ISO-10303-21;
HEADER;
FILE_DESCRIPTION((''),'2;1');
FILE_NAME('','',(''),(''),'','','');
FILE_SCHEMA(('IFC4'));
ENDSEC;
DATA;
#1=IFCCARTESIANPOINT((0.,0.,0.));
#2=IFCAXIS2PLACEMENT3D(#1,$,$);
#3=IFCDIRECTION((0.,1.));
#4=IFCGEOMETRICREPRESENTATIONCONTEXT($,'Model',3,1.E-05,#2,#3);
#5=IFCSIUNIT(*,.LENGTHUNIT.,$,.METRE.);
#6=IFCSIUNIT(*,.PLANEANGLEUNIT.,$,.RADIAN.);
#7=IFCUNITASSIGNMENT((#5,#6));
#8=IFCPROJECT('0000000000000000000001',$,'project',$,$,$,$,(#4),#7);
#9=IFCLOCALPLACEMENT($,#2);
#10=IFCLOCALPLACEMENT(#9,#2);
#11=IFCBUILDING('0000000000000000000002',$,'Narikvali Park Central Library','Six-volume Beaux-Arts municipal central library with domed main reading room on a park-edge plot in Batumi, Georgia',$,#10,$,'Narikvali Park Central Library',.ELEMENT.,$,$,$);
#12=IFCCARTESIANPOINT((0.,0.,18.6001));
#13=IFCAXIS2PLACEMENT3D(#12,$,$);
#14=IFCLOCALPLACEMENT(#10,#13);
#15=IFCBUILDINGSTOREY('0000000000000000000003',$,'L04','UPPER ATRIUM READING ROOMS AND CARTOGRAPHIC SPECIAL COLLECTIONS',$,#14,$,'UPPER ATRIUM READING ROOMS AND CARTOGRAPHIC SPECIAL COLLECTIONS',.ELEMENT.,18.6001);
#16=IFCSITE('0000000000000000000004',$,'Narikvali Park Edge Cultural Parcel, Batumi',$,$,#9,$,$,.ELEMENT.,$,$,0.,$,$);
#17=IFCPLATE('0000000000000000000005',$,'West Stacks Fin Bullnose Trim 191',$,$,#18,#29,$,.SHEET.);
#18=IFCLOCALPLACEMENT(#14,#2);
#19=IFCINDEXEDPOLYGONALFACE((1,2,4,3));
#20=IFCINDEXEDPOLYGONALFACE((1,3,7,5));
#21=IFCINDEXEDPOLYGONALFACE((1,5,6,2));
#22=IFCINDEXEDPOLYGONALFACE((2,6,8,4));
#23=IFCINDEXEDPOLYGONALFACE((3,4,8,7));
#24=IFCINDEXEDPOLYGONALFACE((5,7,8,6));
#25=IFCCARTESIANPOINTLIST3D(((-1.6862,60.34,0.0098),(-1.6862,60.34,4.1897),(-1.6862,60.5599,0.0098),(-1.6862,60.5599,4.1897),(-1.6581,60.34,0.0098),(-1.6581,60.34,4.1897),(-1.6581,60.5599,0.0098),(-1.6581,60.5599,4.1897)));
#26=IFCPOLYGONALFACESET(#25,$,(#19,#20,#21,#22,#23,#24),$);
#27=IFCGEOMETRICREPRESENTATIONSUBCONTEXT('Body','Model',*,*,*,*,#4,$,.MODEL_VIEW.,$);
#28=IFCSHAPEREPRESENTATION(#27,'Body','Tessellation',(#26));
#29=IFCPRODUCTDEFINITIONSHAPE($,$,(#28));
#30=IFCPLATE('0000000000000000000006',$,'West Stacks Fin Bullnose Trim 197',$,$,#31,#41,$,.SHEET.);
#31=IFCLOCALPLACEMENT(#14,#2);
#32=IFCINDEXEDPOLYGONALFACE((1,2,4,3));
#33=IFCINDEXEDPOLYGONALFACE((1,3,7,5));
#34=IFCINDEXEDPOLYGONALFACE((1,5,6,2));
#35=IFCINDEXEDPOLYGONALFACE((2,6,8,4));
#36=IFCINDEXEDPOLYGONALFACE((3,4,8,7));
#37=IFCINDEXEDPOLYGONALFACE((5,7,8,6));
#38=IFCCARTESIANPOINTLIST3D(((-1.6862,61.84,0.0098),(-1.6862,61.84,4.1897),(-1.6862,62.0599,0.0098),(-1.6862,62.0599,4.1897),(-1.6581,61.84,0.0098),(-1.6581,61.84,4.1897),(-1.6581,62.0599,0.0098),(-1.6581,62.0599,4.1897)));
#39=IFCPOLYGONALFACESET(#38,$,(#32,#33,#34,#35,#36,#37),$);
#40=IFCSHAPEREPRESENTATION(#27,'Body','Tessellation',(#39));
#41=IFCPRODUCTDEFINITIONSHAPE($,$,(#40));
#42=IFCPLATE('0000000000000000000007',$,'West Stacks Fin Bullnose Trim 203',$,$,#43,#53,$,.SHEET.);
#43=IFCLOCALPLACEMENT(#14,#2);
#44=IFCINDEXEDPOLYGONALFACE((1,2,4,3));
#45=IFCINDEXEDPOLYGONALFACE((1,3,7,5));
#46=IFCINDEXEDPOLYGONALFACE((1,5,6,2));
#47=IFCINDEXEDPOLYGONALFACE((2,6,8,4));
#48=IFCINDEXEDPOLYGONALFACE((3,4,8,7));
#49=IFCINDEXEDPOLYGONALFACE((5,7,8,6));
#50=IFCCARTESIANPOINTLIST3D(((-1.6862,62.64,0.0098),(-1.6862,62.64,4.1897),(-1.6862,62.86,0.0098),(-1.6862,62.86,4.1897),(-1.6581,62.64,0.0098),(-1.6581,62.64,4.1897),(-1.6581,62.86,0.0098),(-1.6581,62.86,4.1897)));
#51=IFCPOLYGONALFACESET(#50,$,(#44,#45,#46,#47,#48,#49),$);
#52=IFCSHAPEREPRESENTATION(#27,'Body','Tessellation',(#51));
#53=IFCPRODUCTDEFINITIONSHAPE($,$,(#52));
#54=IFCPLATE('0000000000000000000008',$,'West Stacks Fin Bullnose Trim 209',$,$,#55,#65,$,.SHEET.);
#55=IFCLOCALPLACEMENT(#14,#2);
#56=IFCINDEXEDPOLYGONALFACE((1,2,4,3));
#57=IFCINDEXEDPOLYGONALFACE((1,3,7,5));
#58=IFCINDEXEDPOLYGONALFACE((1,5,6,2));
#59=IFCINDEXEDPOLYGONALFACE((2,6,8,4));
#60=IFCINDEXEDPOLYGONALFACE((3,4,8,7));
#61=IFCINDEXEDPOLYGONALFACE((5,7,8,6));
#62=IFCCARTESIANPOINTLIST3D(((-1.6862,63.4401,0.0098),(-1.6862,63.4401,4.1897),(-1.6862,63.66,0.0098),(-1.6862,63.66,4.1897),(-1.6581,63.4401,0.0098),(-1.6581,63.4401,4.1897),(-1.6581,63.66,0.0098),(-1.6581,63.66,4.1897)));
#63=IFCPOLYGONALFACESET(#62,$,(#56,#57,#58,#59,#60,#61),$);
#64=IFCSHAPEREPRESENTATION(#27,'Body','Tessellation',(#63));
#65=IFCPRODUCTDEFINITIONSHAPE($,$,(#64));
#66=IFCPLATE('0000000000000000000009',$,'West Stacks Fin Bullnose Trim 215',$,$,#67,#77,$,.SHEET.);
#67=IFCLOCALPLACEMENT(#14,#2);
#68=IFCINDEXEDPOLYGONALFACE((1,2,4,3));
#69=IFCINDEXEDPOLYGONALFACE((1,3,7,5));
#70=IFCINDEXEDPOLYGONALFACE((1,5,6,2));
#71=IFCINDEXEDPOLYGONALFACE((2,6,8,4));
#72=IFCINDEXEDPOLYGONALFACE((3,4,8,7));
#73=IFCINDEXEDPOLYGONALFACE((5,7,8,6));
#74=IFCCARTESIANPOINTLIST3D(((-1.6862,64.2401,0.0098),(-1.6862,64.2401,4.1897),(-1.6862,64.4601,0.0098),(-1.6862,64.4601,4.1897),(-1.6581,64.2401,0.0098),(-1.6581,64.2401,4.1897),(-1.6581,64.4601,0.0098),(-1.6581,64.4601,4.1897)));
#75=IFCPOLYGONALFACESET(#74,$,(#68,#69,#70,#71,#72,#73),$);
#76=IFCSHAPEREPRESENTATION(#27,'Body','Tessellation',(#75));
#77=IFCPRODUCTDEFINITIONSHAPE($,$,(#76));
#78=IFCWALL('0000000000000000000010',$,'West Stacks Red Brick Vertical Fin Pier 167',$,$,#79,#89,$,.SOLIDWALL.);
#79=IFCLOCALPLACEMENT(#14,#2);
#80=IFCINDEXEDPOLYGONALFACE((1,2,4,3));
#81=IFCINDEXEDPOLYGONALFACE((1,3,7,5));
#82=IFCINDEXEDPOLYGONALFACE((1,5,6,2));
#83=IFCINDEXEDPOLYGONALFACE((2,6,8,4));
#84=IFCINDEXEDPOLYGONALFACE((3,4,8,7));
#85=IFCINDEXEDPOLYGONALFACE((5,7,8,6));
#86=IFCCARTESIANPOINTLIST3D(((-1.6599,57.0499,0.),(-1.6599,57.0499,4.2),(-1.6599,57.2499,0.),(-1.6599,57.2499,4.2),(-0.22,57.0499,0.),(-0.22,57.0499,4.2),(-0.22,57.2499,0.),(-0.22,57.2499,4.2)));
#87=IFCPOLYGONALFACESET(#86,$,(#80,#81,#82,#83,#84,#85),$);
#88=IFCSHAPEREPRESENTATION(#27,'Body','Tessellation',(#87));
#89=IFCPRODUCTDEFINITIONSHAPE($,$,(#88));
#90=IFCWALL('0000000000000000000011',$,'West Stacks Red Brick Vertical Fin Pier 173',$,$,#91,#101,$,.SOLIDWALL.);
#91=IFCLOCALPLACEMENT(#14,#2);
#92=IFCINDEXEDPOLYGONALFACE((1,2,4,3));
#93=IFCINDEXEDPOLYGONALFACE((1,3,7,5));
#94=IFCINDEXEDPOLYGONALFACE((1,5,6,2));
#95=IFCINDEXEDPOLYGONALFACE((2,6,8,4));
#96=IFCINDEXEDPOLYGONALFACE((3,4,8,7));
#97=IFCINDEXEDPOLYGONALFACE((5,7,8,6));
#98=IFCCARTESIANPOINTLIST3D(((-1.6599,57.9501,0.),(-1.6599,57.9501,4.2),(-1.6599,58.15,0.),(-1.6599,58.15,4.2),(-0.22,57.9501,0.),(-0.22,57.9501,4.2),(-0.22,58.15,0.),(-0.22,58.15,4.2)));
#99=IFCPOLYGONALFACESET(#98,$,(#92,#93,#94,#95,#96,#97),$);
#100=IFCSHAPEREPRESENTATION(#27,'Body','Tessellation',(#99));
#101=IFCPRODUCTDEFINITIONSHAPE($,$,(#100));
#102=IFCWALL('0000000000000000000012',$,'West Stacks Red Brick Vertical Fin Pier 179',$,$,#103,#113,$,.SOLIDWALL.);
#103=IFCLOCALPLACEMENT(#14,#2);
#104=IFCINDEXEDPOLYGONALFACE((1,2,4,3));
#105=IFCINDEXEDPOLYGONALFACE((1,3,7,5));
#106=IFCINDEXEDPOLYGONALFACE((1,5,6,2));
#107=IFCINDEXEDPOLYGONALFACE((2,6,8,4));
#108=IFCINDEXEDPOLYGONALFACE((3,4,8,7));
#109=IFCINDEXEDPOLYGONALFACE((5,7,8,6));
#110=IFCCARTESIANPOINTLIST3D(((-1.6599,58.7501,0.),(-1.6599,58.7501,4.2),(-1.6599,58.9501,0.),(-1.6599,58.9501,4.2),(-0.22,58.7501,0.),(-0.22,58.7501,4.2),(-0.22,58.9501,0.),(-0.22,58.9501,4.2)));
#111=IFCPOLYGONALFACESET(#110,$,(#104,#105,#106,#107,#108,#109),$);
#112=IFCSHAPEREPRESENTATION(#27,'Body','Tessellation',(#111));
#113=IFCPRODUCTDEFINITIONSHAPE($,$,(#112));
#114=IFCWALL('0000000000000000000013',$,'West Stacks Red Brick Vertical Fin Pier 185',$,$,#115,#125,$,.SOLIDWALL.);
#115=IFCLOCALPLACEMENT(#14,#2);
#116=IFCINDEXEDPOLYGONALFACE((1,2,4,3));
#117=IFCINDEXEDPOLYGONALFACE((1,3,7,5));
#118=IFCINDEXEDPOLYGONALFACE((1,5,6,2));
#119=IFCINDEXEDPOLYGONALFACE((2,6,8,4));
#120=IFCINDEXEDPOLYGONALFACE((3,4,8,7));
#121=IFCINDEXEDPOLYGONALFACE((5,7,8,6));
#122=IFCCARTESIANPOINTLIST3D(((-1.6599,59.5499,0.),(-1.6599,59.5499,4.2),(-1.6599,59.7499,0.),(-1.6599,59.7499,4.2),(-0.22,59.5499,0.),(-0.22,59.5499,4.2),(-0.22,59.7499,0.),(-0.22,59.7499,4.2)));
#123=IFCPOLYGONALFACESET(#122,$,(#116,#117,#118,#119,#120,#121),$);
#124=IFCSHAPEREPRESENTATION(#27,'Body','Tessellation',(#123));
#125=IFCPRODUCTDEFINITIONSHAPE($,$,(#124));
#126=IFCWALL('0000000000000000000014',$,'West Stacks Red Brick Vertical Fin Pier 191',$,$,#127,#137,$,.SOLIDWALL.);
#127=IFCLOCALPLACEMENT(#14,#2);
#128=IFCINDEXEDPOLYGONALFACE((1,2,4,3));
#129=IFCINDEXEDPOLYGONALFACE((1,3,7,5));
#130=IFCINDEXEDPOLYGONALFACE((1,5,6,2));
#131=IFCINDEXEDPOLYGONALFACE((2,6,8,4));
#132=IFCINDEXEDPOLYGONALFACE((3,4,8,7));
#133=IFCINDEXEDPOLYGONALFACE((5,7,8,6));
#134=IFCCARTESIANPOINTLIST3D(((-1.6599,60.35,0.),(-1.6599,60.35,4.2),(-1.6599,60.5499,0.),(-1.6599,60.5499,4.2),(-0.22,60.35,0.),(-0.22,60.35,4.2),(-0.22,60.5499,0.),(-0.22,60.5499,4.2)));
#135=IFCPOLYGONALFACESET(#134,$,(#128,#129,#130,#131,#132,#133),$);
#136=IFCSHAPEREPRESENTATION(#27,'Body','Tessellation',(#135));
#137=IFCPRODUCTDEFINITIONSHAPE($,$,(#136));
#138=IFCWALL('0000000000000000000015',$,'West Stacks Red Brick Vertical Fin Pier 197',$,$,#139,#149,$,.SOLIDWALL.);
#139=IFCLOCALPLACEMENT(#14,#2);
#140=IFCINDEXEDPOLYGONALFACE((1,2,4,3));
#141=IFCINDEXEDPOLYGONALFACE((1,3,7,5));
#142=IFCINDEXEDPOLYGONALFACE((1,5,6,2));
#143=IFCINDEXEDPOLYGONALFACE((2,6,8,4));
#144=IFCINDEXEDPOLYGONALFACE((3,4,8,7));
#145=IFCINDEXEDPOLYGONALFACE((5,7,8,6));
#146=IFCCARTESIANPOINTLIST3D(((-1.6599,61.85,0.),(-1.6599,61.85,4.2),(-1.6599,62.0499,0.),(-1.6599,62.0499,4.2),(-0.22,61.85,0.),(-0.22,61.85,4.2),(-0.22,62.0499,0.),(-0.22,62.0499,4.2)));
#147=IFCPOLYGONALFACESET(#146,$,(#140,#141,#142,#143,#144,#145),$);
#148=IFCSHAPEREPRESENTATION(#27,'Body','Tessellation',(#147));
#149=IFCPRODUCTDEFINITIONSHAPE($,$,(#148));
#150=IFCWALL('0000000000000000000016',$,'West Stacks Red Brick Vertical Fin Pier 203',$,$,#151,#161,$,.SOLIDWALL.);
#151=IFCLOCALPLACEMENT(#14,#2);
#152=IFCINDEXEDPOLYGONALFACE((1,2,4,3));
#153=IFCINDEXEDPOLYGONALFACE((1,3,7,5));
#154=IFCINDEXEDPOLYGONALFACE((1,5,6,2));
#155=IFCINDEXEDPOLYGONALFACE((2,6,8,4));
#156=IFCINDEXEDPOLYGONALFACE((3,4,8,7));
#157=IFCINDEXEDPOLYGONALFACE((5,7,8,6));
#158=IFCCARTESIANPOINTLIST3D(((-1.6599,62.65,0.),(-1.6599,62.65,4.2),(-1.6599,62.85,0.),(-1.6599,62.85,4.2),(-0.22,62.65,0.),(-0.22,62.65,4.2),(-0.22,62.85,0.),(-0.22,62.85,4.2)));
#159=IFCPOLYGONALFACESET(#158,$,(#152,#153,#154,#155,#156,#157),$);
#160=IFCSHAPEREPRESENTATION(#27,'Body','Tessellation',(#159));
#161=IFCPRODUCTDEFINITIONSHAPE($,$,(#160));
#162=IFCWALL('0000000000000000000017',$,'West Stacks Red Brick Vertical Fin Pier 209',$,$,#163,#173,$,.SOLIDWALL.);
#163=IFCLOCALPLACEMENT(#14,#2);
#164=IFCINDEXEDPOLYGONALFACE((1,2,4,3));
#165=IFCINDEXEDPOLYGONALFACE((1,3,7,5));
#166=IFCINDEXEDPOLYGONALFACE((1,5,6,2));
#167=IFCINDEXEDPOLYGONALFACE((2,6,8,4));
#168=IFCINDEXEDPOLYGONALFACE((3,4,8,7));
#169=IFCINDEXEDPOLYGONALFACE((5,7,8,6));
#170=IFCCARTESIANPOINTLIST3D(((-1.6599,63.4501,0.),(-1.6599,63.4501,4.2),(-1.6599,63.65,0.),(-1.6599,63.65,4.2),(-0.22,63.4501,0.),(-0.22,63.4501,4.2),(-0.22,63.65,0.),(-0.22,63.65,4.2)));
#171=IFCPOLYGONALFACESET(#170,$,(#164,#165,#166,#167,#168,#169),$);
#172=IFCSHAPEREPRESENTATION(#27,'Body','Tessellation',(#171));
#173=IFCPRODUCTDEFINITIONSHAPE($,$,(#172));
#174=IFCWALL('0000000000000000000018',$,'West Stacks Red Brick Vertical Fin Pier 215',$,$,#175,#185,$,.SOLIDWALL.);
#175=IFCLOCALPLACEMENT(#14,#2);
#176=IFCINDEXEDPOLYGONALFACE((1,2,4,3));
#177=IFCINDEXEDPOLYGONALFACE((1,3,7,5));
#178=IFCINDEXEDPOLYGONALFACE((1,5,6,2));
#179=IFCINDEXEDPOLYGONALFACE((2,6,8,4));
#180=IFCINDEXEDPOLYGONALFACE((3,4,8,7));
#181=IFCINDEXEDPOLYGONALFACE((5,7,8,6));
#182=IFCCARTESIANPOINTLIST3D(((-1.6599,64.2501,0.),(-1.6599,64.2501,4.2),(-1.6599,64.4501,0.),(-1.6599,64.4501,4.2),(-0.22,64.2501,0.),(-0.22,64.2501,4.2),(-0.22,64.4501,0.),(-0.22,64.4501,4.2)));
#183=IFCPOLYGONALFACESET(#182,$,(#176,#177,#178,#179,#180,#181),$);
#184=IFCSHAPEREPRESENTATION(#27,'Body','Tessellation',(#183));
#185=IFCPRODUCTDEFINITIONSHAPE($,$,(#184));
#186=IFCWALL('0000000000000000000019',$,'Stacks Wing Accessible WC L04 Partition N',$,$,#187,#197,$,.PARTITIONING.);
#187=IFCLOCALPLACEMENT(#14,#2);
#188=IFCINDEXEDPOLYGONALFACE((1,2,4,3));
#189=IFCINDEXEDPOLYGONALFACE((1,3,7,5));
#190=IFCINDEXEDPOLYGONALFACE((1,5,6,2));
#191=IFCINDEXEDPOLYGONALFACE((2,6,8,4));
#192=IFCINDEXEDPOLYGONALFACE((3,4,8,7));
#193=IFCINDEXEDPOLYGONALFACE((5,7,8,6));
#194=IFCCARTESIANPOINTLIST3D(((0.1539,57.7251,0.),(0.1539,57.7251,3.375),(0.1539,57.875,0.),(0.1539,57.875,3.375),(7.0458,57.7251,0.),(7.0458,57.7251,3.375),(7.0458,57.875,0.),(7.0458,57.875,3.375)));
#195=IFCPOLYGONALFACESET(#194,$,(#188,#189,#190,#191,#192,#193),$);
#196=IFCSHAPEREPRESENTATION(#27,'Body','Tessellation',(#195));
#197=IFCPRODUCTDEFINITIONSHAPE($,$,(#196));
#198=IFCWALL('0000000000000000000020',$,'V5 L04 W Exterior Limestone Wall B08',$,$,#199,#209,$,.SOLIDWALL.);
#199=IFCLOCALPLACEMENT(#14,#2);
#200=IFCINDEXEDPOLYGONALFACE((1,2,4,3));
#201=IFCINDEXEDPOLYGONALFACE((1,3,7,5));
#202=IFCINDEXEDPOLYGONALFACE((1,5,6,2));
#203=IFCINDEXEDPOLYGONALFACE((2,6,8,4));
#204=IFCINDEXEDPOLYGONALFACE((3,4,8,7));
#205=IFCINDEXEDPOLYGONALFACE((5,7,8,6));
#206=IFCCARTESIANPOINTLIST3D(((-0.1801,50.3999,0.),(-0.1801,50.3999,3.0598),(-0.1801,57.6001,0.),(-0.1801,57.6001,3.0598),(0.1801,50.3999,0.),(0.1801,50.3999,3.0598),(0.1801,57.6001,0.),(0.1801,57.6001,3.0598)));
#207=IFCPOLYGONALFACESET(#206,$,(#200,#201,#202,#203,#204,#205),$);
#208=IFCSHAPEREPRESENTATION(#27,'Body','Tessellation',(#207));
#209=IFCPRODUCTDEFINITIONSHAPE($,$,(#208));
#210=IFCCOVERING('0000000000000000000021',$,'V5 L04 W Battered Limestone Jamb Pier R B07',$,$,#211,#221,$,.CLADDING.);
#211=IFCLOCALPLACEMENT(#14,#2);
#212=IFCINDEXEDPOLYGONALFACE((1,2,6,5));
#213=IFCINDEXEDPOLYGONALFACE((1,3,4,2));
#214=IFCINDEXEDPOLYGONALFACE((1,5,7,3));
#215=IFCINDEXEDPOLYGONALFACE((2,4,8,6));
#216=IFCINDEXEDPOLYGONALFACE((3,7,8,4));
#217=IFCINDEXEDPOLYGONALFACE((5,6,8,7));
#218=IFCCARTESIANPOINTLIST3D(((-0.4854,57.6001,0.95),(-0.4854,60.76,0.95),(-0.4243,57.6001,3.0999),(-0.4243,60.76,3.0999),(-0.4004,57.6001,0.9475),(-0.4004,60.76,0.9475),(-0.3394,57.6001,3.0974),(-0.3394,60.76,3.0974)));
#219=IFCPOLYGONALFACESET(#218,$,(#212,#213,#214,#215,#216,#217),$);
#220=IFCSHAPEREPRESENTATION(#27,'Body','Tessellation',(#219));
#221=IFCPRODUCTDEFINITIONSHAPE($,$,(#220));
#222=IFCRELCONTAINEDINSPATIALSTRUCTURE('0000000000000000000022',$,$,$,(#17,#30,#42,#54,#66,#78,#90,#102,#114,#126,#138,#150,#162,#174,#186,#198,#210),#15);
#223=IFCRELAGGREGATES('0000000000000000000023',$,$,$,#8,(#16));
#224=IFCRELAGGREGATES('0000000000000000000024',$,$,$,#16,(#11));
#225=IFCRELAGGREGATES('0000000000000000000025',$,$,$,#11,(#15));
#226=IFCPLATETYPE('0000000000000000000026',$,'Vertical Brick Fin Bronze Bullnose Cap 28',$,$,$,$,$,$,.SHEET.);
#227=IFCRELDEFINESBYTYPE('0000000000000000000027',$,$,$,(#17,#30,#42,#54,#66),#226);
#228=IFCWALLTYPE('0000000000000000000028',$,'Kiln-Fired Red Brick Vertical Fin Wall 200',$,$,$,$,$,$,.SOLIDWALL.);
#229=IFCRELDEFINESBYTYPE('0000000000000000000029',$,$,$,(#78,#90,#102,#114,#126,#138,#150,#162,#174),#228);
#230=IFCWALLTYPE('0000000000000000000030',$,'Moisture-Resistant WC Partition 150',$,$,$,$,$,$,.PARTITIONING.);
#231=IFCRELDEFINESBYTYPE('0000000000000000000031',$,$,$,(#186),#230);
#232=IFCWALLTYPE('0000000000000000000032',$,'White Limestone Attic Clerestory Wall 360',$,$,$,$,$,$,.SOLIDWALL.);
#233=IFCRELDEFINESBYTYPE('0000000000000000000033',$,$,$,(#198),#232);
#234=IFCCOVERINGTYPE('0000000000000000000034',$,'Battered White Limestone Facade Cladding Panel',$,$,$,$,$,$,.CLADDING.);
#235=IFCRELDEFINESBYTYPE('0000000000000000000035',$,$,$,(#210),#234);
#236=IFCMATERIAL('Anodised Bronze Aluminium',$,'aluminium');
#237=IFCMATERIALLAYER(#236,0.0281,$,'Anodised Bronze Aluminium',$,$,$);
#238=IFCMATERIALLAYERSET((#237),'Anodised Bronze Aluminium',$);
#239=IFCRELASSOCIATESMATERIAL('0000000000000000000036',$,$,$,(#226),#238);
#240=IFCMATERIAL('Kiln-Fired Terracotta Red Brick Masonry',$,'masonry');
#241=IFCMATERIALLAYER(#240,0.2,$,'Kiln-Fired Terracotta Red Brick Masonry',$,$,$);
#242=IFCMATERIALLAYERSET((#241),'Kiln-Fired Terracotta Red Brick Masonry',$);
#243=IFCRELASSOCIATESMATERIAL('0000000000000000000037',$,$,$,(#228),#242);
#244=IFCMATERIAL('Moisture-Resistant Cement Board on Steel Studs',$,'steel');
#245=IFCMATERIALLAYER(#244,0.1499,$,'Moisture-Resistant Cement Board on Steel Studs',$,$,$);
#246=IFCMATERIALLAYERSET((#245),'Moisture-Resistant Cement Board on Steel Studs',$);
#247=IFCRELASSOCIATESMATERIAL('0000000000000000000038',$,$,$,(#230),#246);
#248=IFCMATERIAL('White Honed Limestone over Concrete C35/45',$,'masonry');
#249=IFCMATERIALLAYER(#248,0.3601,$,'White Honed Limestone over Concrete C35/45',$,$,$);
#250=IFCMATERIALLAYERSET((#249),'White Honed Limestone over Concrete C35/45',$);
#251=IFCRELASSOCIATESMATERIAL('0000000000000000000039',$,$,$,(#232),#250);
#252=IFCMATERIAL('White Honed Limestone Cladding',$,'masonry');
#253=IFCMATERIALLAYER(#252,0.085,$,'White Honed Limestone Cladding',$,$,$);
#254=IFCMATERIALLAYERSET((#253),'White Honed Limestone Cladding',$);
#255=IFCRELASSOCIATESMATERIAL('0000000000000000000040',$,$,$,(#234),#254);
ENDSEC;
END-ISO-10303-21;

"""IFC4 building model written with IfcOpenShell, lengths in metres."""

from ifc_helpers import new_model, si_unit, direction, frame, frame_2d, origin, origin_2d, place, context, subcontext, project, spatial, polyline, rectangle, outline, extrude, material, layer, layer_set, type_object, element, save


model = new_model("IFC4")

# Units and contexts
model_context = context("Model", 3, precision=1e-05, world=origin(), true_north=direction((0.0, 1.0)))
body_context = subcontext(model_context, "Body", "Model", "MODEL_VIEW")
ifc_project = project(units=[si_unit("LENGTHUNIT", "METRE"), si_unit("PLANEANGLEUNIT", "RADIAN")], contexts=[model_context])

# Site, building, storey
site_placement = place(None, origin())
site = spatial("IfcSite", under=ifc_project, at=site_placement, Name="Narikvali Park Edge Cultural Parcel, Batumi", CompositionType="ELEMENT", RefElevation=0.0)
building_placement = place(site_placement, origin())
building = spatial("IfcBuilding", under=site, at=building_placement, Name="Narikvali Park Central Library", Description="Six-volume Beaux-Arts municipal central library with domed main reading room on a park-edge plot in Batumi, Georgia", LongName="Narikvali Park Central Library", CompositionType="ELEMENT")
storey_placement = place(building_placement, frame((0.0, 0.0, 18.6001)))
storey = spatial("IfcBuildingStorey", under=building, at=storey_placement, Name="L04", Description="UPPER ATRIUM READING ROOMS AND CARTOGRAPHIC SPECIAL COLLECTIONS", LongName="UPPER ATRIUM READING ROOMS AND CARTOGRAPHIC SPECIAL COLLECTIONS", CompositionType="ELEMENT", Elevation=18.6001)

# Plates
ifc_material_1 = material(Name="Anodised Bronze Aluminium", Category="aluminium")
ifc_layer_1 = layer(ifc_material_1, 0.0281, Name="Anodised Bronze Aluminium")
ifc_layer_set_1 = layer_set([ifc_layer_1], Name="Anodised Bronze Aluminium")
plate_type = type_object("IfcPlateType", Name="Vertical Brick Fin Bronze Bullnose Cap 28", PredefinedType="SHEET", material=ifc_layer_set_1)
for number, where, z_axis, x_axis, name in (
    (1, (-1.6721, 60.45, 0.0098), (0.0, 0.0, 1.0), (1.0, 0.0, 0.0), "West Stacks Fin Bullnose Trim 191"),
    (2, (-1.6721, 61.95, 0.0098), (0.0, 0.0, 1.0), (1.0, 0.0, 0.0), "West Stacks Fin Bullnose Trim 197"),
    (3, (-1.6721, 62.75, 0.0098), (0.0, 0.0, 1.0), (1.0, 0.0, 0.0), "West Stacks Fin Bullnose Trim 203"),
    (4, (-1.6721, 63.55, 0.0098), (0.0, 0.0, 1.0), (1.0, 0.0, 0.0), "West Stacks Fin Bullnose Trim 209"),
    (5, (-1.6721, 64.3501, 0.0098), (0.0, 0.0, 1.0), (1.0, 0.0, 0.0), "West Stacks Fin Bullnose Trim 215"),
):
    element("IfcPlate", number, at=place(storey_placement, frame(where, z_axis=z_axis, x_axis=x_axis)), inside=storey, type_object=plate_type, Name=name, PredefinedType="SHEET", context=body_context, shape_type="SweptSolid", body=[
        extrude(rectangle(XDim=0.0281, YDim=0.22, at=origin_2d()), origin(), (0.0, 0.0, 1.0), 4.1799),
    ])

# Walls
ifc_material_2 = material(Name="Kiln-Fired Terracotta Red Brick Masonry", Category="masonry")
ifc_layer_2 = layer(ifc_material_2, 0.2, Name="Kiln-Fired Terracotta Red Brick Masonry")
ifc_layer_set_2 = layer_set([ifc_layer_2], Name="Kiln-Fired Terracotta Red Brick Masonry")
wall_type_1 = type_object("IfcWallType", Name="Kiln-Fired Red Brick Vertical Fin Wall 200", PredefinedType="SOLIDWALL", material=ifc_layer_set_2)
for number, where, z_axis, x_axis, name in (
    (6, (-1.6599, 57.1499, 0.0), (0.0, 0.0, 1.0), (1.0, 0.0, 0.0), "West Stacks Red Brick Vertical Fin Pier 167"),
    (7, (-1.6599, 58.05, 0.0), (0.0, 0.0, 1.0), (1.0, 0.0, 0.0), "West Stacks Red Brick Vertical Fin Pier 173"),
    (8, (-1.6599, 58.8501, 0.0), (0.0, 0.0, 1.0), (1.0, 0.0, 0.0), "West Stacks Red Brick Vertical Fin Pier 179"),
    (9, (-1.6599, 59.6499, 0.0), (0.0, 0.0, 1.0), (1.0, 0.0, 0.0), "West Stacks Red Brick Vertical Fin Pier 185"),
    (10, (-1.6599, 60.45, 0.0), (0.0, 0.0, 1.0), (1.0, 0.0, 0.0), "West Stacks Red Brick Vertical Fin Pier 191"),
    (11, (-1.6599, 61.95, 0.0), (0.0, 0.0, 1.0), (1.0, 0.0, 0.0), "West Stacks Red Brick Vertical Fin Pier 197"),
    (12, (-1.6599, 62.75, 0.0), (0.0, 0.0, 1.0), (1.0, 0.0, 0.0), "West Stacks Red Brick Vertical Fin Pier 203"),
    (13, (-1.6599, 63.55, 0.0), (0.0, 0.0, 1.0), (1.0, 0.0, 0.0), "West Stacks Red Brick Vertical Fin Pier 209"),
    (14, (-1.6599, 64.3501, 0.0), (0.0, 0.0, 1.0), (1.0, 0.0, 0.0), "West Stacks Red Brick Vertical Fin Pier 215"),
):
    element("IfcWall", number, at=place(storey_placement, frame(where, z_axis=z_axis, x_axis=x_axis)), inside=storey, type_object=wall_type_1, Name=name, PredefinedType="SOLIDWALL", context=body_context, shape_type="SweptSolid", body=[
        extrude(rectangle(XDim=1.4399, YDim=0.2, at=frame_2d((0.72, 0.0))), origin(), (0.0, 0.0, 1.0), 4.2),
    ])
ifc_material_3 = material(Name="Moisture-Resistant Cement Board on Steel Studs", Category="steel")
ifc_layer_3 = layer(ifc_material_3, 0.1499, Name="Moisture-Resistant Cement Board on Steel Studs")
ifc_layer_set_3 = layer_set([ifc_layer_3], Name="Moisture-Resistant Cement Board on Steel Studs")
wall_type_2 = type_object("IfcWallType", Name="Moisture-Resistant WC Partition 150", PredefinedType="PARTITIONING", material=ifc_layer_set_3)
wall_1_placement = place(storey_placement, frame((0.1541, 57.8, 0.0), z_axis=(0.0, 0.0, 1.0), x_axis=(1.0, 0.0, 0.0)))
element("IfcWall", 15, at=wall_1_placement, inside=storey, type_object=wall_type_2, Name="Stacks Wing Accessible WC L04 Partition N", PredefinedType="PARTITIONING", context=body_context, shape_type="SweptSolid", body=[
    extrude(rectangle(XDim=6.8918, YDim=0.1499, at=frame_2d((3.4458, 0.0))), origin(), (0.0, 0.0, 1.0), 3.375),
])
ifc_material_4 = material(Name="White Honed Limestone over Concrete C35/45", Category="masonry")
ifc_layer_4 = layer(ifc_material_4, 0.3601, Name="White Honed Limestone over Concrete C35/45")
ifc_layer_set_4 = layer_set([ifc_layer_4], Name="White Honed Limestone over Concrete C35/45")
wall_type_3 = type_object("IfcWallType", Name="White Limestone Attic Clerestory Wall 360", PredefinedType="SOLIDWALL", material=ifc_layer_set_4)
wall_2_placement = place(storey_placement, frame((0.0, 57.6001, 0.0), z_axis=(0.0, 0.0, 1.0), x_axis=(0.0, -1.0, 0.0)))
element("IfcWall", 16, at=wall_2_placement, inside=storey, type_object=wall_type_3, Name="V5 L04 W Exterior Limestone Wall B08", PredefinedType="SOLIDWALL", context=body_context, shape_type="SweptSolid", body=[
    extrude(rectangle(XDim=7.2002, YDim=0.3601, at=frame_2d((3.6001, 0.0))), origin(), (0.0, 0.0, 1.0), 3.0598),
])

# Covering
ifc_material_5 = material(Name="White Honed Limestone Cladding", Category="masonry")
ifc_layer_5 = layer(ifc_material_5, 0.085, Name="White Honed Limestone Cladding")
ifc_layer_set_5 = layer_set([ifc_layer_5], Name="White Honed Limestone Cladding")
covering_type = type_object("IfcCoveringType", Name="Battered White Limestone Facade Cladding Panel", PredefinedType="CLADDING", material=ifc_layer_set_5)
covering_1_placement = place(storey_placement, frame((-0.4854, 60.76, 0.95), z_axis=(-0.999597, 0.0, 0.028378), x_axis=(0.0, -1.0, 0.0)))
element("IfcCovering", 17, at=covering_1_placement, inside=storey, type_object=covering_type, Name="V5 L04 W Battered Limestone Jamb Pier R B07", PredefinedType="CLADDING", context=body_context, shape_type="SweptSolid", body=[
    extrude(outline(polyline([(0.0, 0.0), (3.1599, 0.0), (3.1599, 2.1508), (0.0, 2.1508), (0.0, 0.0)])), origin(), (0.0, 0.0, -1.0), 0.085),
])

save(model, "model.ifc")
